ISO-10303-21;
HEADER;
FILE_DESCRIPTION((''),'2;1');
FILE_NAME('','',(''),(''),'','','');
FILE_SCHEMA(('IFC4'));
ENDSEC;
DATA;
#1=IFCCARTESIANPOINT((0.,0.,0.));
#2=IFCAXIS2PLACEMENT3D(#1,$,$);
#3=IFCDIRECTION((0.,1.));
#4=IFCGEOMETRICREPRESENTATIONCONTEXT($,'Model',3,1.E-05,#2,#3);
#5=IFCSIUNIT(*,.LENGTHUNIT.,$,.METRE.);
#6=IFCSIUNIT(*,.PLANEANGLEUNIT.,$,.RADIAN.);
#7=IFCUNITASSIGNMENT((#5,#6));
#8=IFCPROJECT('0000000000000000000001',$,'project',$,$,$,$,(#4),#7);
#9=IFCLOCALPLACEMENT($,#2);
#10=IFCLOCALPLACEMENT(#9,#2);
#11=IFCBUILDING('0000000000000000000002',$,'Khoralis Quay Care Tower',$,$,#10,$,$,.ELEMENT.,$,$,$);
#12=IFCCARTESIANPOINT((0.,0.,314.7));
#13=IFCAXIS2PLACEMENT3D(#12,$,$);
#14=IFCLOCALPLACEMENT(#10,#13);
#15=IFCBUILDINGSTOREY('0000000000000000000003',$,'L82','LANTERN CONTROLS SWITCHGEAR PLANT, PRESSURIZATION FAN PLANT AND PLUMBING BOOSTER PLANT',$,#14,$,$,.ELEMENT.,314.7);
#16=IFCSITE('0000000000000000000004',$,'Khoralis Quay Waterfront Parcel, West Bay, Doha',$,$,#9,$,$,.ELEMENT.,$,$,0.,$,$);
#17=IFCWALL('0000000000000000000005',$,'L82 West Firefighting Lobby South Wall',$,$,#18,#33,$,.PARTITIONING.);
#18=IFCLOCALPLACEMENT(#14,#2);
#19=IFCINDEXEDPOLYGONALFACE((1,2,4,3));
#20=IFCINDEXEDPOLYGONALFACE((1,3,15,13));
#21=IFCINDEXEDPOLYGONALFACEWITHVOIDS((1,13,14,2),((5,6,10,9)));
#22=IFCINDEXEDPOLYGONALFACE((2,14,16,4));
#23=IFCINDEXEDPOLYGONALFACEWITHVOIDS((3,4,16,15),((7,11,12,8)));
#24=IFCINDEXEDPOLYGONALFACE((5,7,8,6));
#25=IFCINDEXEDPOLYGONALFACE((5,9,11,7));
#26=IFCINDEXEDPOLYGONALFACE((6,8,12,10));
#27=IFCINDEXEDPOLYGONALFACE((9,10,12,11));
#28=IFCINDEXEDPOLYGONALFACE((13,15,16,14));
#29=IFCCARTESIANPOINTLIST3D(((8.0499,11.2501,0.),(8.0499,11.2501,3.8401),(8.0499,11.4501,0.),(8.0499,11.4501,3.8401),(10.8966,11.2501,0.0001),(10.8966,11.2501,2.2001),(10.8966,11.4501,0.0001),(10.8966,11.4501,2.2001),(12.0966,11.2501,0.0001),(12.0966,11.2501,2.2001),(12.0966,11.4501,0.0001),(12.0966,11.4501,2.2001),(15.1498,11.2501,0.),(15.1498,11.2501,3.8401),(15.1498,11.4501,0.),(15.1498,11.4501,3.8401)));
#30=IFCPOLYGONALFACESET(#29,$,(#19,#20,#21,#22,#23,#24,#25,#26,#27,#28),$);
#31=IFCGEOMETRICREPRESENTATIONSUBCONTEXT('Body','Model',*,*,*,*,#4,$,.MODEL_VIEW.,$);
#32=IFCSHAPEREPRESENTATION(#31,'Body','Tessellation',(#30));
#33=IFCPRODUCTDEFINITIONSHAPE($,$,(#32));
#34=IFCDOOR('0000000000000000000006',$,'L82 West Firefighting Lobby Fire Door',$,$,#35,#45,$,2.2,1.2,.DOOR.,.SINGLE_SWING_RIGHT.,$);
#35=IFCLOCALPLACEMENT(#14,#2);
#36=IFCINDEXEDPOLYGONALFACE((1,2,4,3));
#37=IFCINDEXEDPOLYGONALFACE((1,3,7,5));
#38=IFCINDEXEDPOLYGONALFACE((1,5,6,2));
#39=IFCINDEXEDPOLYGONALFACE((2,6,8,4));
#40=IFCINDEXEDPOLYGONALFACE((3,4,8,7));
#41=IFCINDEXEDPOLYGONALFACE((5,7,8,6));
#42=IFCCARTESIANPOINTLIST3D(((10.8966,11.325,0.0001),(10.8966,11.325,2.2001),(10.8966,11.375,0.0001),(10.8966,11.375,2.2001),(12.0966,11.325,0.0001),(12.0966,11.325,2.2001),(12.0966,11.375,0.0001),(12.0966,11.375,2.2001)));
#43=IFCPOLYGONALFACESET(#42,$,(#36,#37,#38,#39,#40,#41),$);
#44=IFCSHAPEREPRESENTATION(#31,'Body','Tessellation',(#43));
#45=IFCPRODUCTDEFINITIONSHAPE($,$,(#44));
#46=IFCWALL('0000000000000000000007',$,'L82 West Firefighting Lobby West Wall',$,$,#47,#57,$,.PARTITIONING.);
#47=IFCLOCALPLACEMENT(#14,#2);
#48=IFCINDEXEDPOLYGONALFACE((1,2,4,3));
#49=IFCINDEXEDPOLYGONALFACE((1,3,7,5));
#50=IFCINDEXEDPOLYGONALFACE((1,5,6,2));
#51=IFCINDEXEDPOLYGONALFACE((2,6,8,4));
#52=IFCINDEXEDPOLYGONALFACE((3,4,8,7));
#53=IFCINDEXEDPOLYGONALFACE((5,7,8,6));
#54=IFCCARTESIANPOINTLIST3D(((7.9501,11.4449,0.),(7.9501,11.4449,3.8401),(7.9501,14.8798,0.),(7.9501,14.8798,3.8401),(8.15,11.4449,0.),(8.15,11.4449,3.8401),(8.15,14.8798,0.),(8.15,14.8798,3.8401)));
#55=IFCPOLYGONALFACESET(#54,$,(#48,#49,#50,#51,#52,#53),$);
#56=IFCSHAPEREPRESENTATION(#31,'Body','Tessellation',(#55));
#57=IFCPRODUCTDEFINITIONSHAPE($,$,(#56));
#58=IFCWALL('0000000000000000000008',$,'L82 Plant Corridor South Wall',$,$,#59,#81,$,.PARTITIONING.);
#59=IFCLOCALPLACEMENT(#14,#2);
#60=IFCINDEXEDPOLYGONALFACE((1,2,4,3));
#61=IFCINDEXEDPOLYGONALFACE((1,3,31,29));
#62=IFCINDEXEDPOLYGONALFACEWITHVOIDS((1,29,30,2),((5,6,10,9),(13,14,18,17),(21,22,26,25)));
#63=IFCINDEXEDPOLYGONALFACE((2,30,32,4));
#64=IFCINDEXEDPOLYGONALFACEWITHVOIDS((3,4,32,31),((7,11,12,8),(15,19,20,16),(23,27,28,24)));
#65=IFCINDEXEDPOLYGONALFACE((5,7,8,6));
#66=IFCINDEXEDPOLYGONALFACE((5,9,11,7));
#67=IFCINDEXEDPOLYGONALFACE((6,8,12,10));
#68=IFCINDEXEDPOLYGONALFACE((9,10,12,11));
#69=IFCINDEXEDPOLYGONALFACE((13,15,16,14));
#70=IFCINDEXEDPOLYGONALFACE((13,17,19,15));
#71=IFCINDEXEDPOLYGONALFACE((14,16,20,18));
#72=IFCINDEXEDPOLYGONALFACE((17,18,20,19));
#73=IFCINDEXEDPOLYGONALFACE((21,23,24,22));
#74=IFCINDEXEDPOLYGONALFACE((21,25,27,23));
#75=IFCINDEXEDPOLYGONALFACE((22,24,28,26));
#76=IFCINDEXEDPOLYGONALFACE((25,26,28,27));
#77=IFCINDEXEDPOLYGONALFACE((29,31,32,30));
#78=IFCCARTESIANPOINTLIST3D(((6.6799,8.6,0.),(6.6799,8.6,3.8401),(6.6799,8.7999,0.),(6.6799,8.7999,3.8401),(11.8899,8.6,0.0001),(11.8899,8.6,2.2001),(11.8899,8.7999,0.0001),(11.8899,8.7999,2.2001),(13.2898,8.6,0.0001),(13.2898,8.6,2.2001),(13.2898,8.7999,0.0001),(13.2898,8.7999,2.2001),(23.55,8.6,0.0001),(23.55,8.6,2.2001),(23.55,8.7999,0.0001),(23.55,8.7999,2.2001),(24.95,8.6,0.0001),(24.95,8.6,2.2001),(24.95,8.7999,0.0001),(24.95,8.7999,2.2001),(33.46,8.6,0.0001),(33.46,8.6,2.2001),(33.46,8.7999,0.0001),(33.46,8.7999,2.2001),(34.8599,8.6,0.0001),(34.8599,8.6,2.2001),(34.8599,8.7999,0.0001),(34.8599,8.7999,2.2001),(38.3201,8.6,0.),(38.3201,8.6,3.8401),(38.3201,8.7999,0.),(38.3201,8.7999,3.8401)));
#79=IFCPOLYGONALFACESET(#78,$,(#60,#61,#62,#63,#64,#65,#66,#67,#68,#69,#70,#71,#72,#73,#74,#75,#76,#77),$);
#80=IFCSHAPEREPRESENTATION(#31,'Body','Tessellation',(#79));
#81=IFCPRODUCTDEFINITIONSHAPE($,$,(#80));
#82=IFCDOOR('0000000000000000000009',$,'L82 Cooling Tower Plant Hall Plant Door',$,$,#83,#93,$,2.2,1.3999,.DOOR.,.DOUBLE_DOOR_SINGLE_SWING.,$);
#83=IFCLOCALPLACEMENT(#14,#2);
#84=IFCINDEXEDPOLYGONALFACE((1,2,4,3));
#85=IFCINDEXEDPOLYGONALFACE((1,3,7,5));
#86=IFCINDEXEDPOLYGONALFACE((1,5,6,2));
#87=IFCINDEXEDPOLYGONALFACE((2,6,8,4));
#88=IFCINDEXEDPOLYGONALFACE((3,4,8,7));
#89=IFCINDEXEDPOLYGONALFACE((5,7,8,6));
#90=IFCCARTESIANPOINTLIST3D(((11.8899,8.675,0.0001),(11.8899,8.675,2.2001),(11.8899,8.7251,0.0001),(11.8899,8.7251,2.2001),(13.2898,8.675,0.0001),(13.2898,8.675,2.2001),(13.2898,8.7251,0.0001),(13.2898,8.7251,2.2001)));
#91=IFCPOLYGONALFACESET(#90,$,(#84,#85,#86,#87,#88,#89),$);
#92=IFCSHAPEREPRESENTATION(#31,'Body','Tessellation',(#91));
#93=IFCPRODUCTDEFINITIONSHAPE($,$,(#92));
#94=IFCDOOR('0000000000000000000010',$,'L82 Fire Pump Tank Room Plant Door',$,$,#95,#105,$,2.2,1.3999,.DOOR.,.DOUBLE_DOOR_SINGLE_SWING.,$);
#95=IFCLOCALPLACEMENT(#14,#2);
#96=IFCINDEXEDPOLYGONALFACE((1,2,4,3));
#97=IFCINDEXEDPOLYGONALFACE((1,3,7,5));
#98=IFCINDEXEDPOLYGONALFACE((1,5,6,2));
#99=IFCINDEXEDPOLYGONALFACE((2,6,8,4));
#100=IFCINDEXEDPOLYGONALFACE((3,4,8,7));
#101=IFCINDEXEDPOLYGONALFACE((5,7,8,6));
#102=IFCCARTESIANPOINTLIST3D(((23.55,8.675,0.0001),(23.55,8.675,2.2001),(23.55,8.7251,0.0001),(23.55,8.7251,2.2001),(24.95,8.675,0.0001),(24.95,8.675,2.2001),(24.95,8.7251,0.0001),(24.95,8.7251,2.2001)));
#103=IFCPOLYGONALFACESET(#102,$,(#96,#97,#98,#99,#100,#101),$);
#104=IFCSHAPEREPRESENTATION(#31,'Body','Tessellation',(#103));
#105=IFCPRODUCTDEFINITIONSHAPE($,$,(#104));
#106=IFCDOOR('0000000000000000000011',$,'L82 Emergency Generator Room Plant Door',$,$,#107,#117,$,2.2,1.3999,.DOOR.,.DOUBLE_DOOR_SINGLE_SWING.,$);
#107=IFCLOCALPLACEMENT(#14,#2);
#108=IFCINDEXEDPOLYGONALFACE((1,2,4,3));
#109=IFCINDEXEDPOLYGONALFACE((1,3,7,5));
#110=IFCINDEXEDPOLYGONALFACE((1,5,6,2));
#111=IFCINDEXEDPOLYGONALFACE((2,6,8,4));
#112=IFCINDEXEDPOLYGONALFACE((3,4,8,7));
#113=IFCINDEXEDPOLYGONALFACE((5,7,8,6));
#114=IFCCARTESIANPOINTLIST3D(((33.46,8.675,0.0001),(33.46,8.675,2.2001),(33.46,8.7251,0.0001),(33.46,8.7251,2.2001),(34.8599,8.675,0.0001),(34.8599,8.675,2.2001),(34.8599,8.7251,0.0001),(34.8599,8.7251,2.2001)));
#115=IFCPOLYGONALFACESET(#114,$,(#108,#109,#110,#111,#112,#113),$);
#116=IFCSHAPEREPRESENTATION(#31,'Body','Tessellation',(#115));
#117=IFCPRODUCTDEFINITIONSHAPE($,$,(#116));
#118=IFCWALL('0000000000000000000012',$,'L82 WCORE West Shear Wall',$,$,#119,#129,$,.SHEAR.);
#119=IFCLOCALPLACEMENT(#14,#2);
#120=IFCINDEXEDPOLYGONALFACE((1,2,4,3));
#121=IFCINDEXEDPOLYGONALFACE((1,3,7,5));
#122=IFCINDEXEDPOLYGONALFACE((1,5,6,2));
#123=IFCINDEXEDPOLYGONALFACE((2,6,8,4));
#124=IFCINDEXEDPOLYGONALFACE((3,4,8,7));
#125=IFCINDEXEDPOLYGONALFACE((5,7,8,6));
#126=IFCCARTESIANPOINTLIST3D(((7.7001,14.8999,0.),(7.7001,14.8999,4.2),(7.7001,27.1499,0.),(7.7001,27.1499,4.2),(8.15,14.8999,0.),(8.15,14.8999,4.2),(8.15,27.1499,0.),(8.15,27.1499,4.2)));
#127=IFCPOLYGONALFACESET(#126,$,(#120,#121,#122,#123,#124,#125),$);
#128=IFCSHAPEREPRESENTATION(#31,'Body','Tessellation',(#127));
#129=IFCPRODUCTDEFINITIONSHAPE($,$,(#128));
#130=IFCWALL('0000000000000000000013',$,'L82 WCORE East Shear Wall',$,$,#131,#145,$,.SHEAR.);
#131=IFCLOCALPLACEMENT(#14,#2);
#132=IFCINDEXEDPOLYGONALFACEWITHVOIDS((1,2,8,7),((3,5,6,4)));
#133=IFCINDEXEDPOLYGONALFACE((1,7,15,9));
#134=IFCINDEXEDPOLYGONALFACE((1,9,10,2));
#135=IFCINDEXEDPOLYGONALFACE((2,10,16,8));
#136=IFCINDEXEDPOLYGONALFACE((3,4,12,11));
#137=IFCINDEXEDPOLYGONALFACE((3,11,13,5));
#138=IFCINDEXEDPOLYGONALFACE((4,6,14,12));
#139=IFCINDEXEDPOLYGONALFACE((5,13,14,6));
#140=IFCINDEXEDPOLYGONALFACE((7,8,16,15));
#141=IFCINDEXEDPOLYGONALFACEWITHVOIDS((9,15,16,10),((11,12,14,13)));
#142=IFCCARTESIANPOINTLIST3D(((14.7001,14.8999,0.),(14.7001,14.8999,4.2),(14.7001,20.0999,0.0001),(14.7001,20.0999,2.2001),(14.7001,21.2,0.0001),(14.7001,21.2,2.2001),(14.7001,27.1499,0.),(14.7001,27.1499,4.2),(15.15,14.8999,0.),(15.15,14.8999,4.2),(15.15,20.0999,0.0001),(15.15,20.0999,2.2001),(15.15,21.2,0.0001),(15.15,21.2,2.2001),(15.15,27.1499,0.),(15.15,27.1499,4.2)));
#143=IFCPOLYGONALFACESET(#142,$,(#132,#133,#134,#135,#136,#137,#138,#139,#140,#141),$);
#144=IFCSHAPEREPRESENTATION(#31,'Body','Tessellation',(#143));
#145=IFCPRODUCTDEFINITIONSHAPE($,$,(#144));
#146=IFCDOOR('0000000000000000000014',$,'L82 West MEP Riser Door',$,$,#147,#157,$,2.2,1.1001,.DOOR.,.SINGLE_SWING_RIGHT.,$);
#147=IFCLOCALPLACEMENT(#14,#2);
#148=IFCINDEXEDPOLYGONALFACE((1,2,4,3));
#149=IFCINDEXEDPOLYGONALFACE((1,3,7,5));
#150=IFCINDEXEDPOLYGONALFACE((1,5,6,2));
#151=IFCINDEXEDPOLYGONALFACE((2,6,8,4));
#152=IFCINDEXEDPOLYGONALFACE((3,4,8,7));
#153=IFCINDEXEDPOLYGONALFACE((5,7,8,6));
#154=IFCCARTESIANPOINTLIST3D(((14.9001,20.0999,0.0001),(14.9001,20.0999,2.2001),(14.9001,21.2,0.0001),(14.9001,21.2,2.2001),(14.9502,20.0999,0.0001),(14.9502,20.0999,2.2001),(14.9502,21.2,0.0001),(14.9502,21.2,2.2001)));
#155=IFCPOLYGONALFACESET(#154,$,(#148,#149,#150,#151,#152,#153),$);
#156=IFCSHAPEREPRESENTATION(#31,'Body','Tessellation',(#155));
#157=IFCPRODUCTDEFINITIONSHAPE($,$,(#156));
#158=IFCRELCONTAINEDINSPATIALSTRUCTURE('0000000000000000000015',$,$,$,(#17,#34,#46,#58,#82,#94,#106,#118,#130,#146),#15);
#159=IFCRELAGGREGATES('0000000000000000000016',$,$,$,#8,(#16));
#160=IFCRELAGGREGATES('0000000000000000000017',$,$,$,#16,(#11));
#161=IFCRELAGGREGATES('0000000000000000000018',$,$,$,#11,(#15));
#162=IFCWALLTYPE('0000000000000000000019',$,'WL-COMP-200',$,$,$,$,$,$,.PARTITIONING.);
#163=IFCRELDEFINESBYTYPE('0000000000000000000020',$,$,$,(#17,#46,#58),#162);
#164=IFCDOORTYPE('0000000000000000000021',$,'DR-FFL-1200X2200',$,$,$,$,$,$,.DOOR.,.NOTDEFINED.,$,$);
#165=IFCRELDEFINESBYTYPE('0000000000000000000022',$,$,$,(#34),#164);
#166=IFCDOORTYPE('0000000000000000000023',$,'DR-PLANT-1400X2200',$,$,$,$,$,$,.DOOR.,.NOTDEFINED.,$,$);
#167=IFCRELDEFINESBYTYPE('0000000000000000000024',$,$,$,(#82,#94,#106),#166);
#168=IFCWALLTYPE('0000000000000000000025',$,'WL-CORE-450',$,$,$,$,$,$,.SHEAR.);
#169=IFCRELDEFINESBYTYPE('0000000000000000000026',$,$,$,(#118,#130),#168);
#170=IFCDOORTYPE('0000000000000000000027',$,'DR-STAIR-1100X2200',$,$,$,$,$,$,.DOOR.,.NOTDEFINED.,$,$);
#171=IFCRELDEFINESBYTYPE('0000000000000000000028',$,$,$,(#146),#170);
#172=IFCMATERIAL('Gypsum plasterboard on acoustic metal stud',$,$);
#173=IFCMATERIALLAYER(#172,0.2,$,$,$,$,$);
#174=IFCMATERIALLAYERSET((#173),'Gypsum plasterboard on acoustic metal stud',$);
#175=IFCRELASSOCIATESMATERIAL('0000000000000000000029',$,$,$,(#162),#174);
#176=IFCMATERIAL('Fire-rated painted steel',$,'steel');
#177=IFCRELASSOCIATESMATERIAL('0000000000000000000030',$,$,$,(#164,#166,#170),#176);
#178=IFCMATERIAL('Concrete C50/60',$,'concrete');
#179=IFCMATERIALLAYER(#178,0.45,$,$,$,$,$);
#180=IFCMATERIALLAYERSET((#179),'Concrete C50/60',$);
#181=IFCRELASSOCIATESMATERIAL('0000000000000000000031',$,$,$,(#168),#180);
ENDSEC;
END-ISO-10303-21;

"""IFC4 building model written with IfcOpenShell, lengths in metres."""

from ifc_helpers import new_model, si_unit, direction, frame, frame_2d, origin, place, context, subcontext, project, spatial, rectangle, extrude, source, transform, mapped, material, layer, layer_set, type_object, element, fill, save


model = new_model("IFC4")

# Units and contexts
model_context = context("Model", 3, precision=1e-05, world=origin(), true_north=direction((0.0, 1.0)))
body_context = subcontext(model_context, "Body", "Model", "MODEL_VIEW")
ifc_project = project(units=[si_unit("LENGTHUNIT", "METRE"), si_unit("PLANEANGLEUNIT", "RADIAN")], contexts=[model_context])

# Site, building, storey
site_placement = place(None, origin())
site = spatial("IfcSite", under=ifc_project, at=site_placement, Name="Khoralis Quay Waterfront Parcel, West Bay, Doha", CompositionType="ELEMENT", RefElevation=0.0)
building_placement = place(site_placement, origin())
building = spatial("IfcBuilding", under=site, at=building_placement, Name="Khoralis Quay Care Tower", CompositionType="ELEMENT")
storey_placement = place(building_placement, frame((0.0, 0.0, 314.7)))
storey = spatial("IfcBuildingStorey", under=building, at=storey_placement, Name="L82", Description="LANTERN CONTROLS SWITCHGEAR PLANT, PRESSURIZATION FAN PLANT AND PLUMBING BOOSTER PLANT", CompositionType="ELEMENT", Elevation=314.7)

# Wall, opening, door
ifc_material_1 = material(Name="Gypsum plasterboard on acoustic metal stud")
ifc_layer_1 = layer(ifc_material_1, 0.2)
ifc_layer_set_1 = layer_set([ifc_layer_1], Name="Gypsum plasterboard on acoustic metal stud")
wall_type_1 = type_object("IfcWallType", Name="WL-COMP-200", PredefinedType="PARTITIONING", material=ifc_layer_set_1)
wall_1_placement = place(storey_placement, frame((8.05, 11.3501, 0.0), z_axis=(0.0, 0.0, 1.0), x_axis=(1.0, 0.0, 0.0)))
wall_1 = element("IfcWall", 1, at=wall_1_placement, inside=storey, type_object=wall_type_1, Name="L82 West Firefighting Lobby South Wall", PredefinedType="PARTITIONING", context=body_context, shape_type="SweptSolid", body=[
    extrude(rectangle(XDim=7.0999, YDim=0.2, at=frame_2d((3.5498, 0.0))), origin(), (0.0, 0.0, 1.0), 3.8401),
])
opening_1_placement = place(wall_1_placement, frame((2.8464, 0.0, 0.0)))
opening_1 = element("IfcOpeningElement", 2, at=opening_1_placement, cuts=wall_1, PredefinedType="OPENING", context=body_context, shape_type="SweptSolid", body=[
    extrude(rectangle(XDim=1.2, YDim=2.2, at=frame_2d((0.6001, 1.1001))), frame((0.0, 0.1099, 0.0), z_axis=(0.0, -1.0, 0.0), x_axis=(1.0, 0.0, 0.0)), (0.0, 0.0, 1.0), 0.22),
])
ifc_material_2 = material(Name="Fire-rated painted steel", Category="steel")
door_type_1 = type_object("IfcDoorType", Name="DR-FFL-1200X2200", OperationType="NOTDEFINED", PredefinedType="DOOR", material=ifc_material_2)
shared_shape_1 = source(origin(), body_context, "Body", "SweptSolid", [
    extrude(rectangle(XDim=1.2, YDim=2.2, at=frame_2d((0.6001, 1.1001))), frame((0.0, 0.0249, 0.0), z_axis=(0.0, -1.0, 0.0), x_axis=(1.0, 0.0, 0.0)), (0.0, 0.0, 1.0), 0.05),
])
door_1_placement = place(opening_1_placement, origin())
door_1 = element("IfcDoor", 3, at=door_1_placement, inside=storey, type_object=door_type_1, Name="L82 West Firefighting Lobby Fire Door", OperationType="SINGLE_SWING_RIGHT", OverallHeight=2.2, OverallWidth=1.2, PredefinedType="DOOR", context=body_context, shape_type="MappedRepresentation", body=[
    mapped(shared_shape_1, transform((0.0, 0.0, 0.0), scale=1.0)),
])
fill(opening_1, door_1)

# Wall
wall_2_placement = place(storey_placement, frame((8.05, 11.4451, 0.0), z_axis=(0.0, 0.0, 1.0), x_axis=(0.0, 1.0, 0.0)))
element("IfcWall", 4, at=wall_2_placement, inside=storey, type_object=wall_type_1, Name="L82 West Firefighting Lobby West Wall", PredefinedType="PARTITIONING", context=body_context, shape_type="SweptSolid", body=[
    extrude(rectangle(XDim=3.4348, YDim=0.2, at=frame_2d((1.7173, 0.0))), origin(), (0.0, 0.0, 1.0), 3.8401),
])

# Wall, openings, doors
wall_3_placement = place(storey_placement, frame((6.6799, 8.7, 0.0), z_axis=(0.0, 0.0, 1.0), x_axis=(1.0, 0.0, 0.0)))
wall_3 = element("IfcWall", 5, at=wall_3_placement, inside=storey, type_object=wall_type_1, Name="L82 Plant Corridor South Wall", PredefinedType="PARTITIONING", context=body_context, shape_type="SweptSolid", body=[
    extrude(rectangle(XDim=31.6401, YDim=0.2, at=frame_2d((15.8201, 0.0))), origin(), (0.0, 0.0, 1.0), 3.8401),
])
opening_2_placement = place(wall_3_placement, frame((5.21, 0.0, 0.0)))
opening_2 = element("IfcOpeningElement", 6, at=opening_2_placement, cuts=wall_3, PredefinedType="OPENING", context=body_context, shape_type="SweptSolid", body=[
    extrude(rectangle(XDim=1.3999, YDim=2.2, at=frame_2d((0.7, 1.1001))), frame((0.0, 0.1099, 0.0), z_axis=(0.0, -1.0, 0.0), x_axis=(1.0, 0.0, 0.0)), (0.0, 0.0, 1.0), 0.22),
])
opening_3_placement = place(wall_3_placement, frame((16.8701, 0.0, 0.0)))
opening_3 = element("IfcOpeningElement", 7, at=opening_3_placement, cuts=wall_3, PredefinedType="OPENING", context=body_context, shape_type="SweptSolid", body=[
    extrude(rectangle(XDim=1.3999, YDim=2.2, at=frame_2d((0.7, 1.1001))), frame((0.0, 0.1099, 0.0), z_axis=(0.0, -1.0, 0.0), x_axis=(1.0, 0.0, 0.0)), (0.0, 0.0, 1.0), 0.22),
])
opening_4_placement = place(wall_3_placement, frame((26.78, 0.0, 0.0)))
opening_4 = element("IfcOpeningElement", 8, at=opening_4_placement, cuts=wall_3, PredefinedType="OPENING", context=body_context, shape_type="SweptSolid", body=[
    extrude(rectangle(XDim=1.3999, YDim=2.2, at=frame_2d((0.7, 1.1001))), frame((0.0, 0.1099, 0.0), z_axis=(0.0, -1.0, 0.0), x_axis=(1.0, 0.0, 0.0)), (0.0, 0.0, 1.0), 0.22),
])
door_type_2 = type_object("IfcDoorType", Name="DR-PLANT-1400X2200", OperationType="NOTDEFINED", PredefinedType="DOOR", material=ifc_material_2)
shared_shape_2 = source(origin(), body_context, "Body", "SweptSolid", [
    extrude(rectangle(XDim=1.3999, YDim=2.2, at=frame_2d((0.7, 1.1001))), frame((0.0, 0.0249, 0.0), z_axis=(0.0, -1.0, 0.0), x_axis=(1.0, 0.0, 0.0)), (0.0, 0.0, 1.0), 0.05),
])
door_2_placement = place(opening_2_placement, frame((1.3999, 0.0, 0.0), z_axis=(0.0, 0.0, 1.0), x_axis=(-1.0, 0.0, 0.0)))
door_2 = element("IfcDoor", 9, at=door_2_placement, inside=storey, type_object=door_type_2, Name="L82 Cooling Tower Plant Hall Plant Door", OperationType="DOUBLE_DOOR_SINGLE_SWING", OverallHeight=2.2, OverallWidth=1.3999, PredefinedType="DOOR", context=body_context, shape_type="MappedRepresentation", body=[
    mapped(shared_shape_2, transform((0.0, 0.0, 0.0), scale=1.0)),
])
fill(opening_2, door_2)
door_3_placement = place(opening_3_placement, frame((1.3999, 0.0, 0.0), z_axis=(0.0, 0.0, 1.0), x_axis=(-1.0, 0.0, 0.0)))
door_3 = element("IfcDoor", 10, at=door_3_placement, inside=storey, type_object=door_type_2, Name="L82 Fire Pump Tank Room Plant Door", OperationType="DOUBLE_DOOR_SINGLE_SWING", OverallHeight=2.2, OverallWidth=1.3999, PredefinedType="DOOR", context=body_context, shape_type="MappedRepresentation", body=[
    mapped(shared_shape_2, transform((0.0, 0.0, 0.0), scale=1.0)),
])
fill(opening_3, door_3)
door_4_placement = place(opening_4_placement, frame((1.3999, 0.0, 0.0), z_axis=(0.0, 0.0, 1.0), x_axis=(-1.0, 0.0, 0.0)))
door_4 = element("IfcDoor", 11, at=door_4_placement, inside=storey, type_object=door_type_2, Name="L82 Emergency Generator Room Plant Door", OperationType="DOUBLE_DOOR_SINGLE_SWING", OverallHeight=2.2, OverallWidth=1.3999, PredefinedType="DOOR", context=body_context, shape_type="MappedRepresentation", body=[
    mapped(shared_shape_2, transform((0.0, 0.0, 0.0), scale=1.0)),
])
fill(opening_4, door_4)

# Wall
ifc_material_3 = material(Name="Concrete C50/60", Category="concrete")
ifc_layer_2 = layer(ifc_material_3, 0.45)
ifc_layer_set_2 = layer_set([ifc_layer_2], Name="Concrete C50/60")
wall_type_2 = type_object("IfcWallType", Name="WL-CORE-450", PredefinedType="SHEAR", material=ifc_layer_set_2)
wall_4_placement = place(storey_placement, frame((7.925, 14.8999, 0.0), z_axis=(0.0, 0.0, 1.0), x_axis=(0.0, 1.0, 0.0)))
element("IfcWall", 12, at=wall_4_placement, inside=storey, type_object=wall_type_2, Name="L82 WCORE West Shear Wall", PredefinedType="SHEAR", context=body_context, shape_type="SweptSolid", body=[
    extrude(rectangle(XDim=12.25, YDim=0.45, at=frame_2d((6.125, 0.0))), origin(), (0.0, 0.0, 1.0), 4.2),
])

# Wall, opening, door
wall_5_placement = place(storey_placement, frame((14.925, 14.8999, 0.0), z_axis=(0.0, 0.0, 1.0), x_axis=(0.0, 1.0, 0.0)))
wall_5 = element("IfcWall", 13, at=wall_5_placement, inside=storey, type_object=wall_type_2, Name="L82 WCORE East Shear Wall", PredefinedType="SHEAR", context=body_context, shape_type="SweptSolid", body=[
    extrude(rectangle(XDim=12.25, YDim=0.45, at=frame_2d((6.125, 0.0))), origin(), (0.0, 0.0, 1.0), 4.2),
])
opening_5_placement = place(wall_5_placement, frame((5.2, 0.0, 0.0)))
opening_5 = element("IfcOpeningElement", 14, at=opening_5_placement, cuts=wall_5, PredefinedType="OPENING", context=body_context, shape_type="SweptSolid", body=[
    extrude(rectangle(XDim=1.1001, YDim=2.2, at=frame_2d((0.55, 1.1001))), frame((0.0, 0.2349, 0.0), z_axis=(0.0, -1.0, 0.0), x_axis=(1.0, 0.0, 0.0)), (0.0, 0.0, 1.0), 0.47),
])
door_type_3 = type_object("IfcDoorType", Name="DR-STAIR-1100X2200", OperationType="NOTDEFINED", PredefinedType="DOOR", material=ifc_material_2)
shared_shape_3 = source(origin(), body_context, "Body", "SweptSolid", [
    extrude(rectangle(XDim=1.1001, YDim=2.2, at=frame_2d((0.55, 1.1001))), frame((0.0, 0.0249, 0.0), z_axis=(0.0, -1.0, 0.0), x_axis=(1.0, 0.0, 0.0)), (0.0, 0.0, 1.0), 0.05),
])
door_5_placement = place(opening_5_placement, origin())
door_5 = element("IfcDoor", 15, at=door_5_placement, inside=storey, type_object=door_type_3, Name="L82 West MEP Riser Door", OperationType="SINGLE_SWING_RIGHT", OverallHeight=2.2, OverallWidth=1.1001, PredefinedType="DOOR", context=body_context, shape_type="MappedRepresentation", body=[
    mapped(shared_shape_3, transform((0.0, 0.0, 0.0), scale=1.0)),
])
fill(opening_5, door_5)

save(model, "model.ifc")
